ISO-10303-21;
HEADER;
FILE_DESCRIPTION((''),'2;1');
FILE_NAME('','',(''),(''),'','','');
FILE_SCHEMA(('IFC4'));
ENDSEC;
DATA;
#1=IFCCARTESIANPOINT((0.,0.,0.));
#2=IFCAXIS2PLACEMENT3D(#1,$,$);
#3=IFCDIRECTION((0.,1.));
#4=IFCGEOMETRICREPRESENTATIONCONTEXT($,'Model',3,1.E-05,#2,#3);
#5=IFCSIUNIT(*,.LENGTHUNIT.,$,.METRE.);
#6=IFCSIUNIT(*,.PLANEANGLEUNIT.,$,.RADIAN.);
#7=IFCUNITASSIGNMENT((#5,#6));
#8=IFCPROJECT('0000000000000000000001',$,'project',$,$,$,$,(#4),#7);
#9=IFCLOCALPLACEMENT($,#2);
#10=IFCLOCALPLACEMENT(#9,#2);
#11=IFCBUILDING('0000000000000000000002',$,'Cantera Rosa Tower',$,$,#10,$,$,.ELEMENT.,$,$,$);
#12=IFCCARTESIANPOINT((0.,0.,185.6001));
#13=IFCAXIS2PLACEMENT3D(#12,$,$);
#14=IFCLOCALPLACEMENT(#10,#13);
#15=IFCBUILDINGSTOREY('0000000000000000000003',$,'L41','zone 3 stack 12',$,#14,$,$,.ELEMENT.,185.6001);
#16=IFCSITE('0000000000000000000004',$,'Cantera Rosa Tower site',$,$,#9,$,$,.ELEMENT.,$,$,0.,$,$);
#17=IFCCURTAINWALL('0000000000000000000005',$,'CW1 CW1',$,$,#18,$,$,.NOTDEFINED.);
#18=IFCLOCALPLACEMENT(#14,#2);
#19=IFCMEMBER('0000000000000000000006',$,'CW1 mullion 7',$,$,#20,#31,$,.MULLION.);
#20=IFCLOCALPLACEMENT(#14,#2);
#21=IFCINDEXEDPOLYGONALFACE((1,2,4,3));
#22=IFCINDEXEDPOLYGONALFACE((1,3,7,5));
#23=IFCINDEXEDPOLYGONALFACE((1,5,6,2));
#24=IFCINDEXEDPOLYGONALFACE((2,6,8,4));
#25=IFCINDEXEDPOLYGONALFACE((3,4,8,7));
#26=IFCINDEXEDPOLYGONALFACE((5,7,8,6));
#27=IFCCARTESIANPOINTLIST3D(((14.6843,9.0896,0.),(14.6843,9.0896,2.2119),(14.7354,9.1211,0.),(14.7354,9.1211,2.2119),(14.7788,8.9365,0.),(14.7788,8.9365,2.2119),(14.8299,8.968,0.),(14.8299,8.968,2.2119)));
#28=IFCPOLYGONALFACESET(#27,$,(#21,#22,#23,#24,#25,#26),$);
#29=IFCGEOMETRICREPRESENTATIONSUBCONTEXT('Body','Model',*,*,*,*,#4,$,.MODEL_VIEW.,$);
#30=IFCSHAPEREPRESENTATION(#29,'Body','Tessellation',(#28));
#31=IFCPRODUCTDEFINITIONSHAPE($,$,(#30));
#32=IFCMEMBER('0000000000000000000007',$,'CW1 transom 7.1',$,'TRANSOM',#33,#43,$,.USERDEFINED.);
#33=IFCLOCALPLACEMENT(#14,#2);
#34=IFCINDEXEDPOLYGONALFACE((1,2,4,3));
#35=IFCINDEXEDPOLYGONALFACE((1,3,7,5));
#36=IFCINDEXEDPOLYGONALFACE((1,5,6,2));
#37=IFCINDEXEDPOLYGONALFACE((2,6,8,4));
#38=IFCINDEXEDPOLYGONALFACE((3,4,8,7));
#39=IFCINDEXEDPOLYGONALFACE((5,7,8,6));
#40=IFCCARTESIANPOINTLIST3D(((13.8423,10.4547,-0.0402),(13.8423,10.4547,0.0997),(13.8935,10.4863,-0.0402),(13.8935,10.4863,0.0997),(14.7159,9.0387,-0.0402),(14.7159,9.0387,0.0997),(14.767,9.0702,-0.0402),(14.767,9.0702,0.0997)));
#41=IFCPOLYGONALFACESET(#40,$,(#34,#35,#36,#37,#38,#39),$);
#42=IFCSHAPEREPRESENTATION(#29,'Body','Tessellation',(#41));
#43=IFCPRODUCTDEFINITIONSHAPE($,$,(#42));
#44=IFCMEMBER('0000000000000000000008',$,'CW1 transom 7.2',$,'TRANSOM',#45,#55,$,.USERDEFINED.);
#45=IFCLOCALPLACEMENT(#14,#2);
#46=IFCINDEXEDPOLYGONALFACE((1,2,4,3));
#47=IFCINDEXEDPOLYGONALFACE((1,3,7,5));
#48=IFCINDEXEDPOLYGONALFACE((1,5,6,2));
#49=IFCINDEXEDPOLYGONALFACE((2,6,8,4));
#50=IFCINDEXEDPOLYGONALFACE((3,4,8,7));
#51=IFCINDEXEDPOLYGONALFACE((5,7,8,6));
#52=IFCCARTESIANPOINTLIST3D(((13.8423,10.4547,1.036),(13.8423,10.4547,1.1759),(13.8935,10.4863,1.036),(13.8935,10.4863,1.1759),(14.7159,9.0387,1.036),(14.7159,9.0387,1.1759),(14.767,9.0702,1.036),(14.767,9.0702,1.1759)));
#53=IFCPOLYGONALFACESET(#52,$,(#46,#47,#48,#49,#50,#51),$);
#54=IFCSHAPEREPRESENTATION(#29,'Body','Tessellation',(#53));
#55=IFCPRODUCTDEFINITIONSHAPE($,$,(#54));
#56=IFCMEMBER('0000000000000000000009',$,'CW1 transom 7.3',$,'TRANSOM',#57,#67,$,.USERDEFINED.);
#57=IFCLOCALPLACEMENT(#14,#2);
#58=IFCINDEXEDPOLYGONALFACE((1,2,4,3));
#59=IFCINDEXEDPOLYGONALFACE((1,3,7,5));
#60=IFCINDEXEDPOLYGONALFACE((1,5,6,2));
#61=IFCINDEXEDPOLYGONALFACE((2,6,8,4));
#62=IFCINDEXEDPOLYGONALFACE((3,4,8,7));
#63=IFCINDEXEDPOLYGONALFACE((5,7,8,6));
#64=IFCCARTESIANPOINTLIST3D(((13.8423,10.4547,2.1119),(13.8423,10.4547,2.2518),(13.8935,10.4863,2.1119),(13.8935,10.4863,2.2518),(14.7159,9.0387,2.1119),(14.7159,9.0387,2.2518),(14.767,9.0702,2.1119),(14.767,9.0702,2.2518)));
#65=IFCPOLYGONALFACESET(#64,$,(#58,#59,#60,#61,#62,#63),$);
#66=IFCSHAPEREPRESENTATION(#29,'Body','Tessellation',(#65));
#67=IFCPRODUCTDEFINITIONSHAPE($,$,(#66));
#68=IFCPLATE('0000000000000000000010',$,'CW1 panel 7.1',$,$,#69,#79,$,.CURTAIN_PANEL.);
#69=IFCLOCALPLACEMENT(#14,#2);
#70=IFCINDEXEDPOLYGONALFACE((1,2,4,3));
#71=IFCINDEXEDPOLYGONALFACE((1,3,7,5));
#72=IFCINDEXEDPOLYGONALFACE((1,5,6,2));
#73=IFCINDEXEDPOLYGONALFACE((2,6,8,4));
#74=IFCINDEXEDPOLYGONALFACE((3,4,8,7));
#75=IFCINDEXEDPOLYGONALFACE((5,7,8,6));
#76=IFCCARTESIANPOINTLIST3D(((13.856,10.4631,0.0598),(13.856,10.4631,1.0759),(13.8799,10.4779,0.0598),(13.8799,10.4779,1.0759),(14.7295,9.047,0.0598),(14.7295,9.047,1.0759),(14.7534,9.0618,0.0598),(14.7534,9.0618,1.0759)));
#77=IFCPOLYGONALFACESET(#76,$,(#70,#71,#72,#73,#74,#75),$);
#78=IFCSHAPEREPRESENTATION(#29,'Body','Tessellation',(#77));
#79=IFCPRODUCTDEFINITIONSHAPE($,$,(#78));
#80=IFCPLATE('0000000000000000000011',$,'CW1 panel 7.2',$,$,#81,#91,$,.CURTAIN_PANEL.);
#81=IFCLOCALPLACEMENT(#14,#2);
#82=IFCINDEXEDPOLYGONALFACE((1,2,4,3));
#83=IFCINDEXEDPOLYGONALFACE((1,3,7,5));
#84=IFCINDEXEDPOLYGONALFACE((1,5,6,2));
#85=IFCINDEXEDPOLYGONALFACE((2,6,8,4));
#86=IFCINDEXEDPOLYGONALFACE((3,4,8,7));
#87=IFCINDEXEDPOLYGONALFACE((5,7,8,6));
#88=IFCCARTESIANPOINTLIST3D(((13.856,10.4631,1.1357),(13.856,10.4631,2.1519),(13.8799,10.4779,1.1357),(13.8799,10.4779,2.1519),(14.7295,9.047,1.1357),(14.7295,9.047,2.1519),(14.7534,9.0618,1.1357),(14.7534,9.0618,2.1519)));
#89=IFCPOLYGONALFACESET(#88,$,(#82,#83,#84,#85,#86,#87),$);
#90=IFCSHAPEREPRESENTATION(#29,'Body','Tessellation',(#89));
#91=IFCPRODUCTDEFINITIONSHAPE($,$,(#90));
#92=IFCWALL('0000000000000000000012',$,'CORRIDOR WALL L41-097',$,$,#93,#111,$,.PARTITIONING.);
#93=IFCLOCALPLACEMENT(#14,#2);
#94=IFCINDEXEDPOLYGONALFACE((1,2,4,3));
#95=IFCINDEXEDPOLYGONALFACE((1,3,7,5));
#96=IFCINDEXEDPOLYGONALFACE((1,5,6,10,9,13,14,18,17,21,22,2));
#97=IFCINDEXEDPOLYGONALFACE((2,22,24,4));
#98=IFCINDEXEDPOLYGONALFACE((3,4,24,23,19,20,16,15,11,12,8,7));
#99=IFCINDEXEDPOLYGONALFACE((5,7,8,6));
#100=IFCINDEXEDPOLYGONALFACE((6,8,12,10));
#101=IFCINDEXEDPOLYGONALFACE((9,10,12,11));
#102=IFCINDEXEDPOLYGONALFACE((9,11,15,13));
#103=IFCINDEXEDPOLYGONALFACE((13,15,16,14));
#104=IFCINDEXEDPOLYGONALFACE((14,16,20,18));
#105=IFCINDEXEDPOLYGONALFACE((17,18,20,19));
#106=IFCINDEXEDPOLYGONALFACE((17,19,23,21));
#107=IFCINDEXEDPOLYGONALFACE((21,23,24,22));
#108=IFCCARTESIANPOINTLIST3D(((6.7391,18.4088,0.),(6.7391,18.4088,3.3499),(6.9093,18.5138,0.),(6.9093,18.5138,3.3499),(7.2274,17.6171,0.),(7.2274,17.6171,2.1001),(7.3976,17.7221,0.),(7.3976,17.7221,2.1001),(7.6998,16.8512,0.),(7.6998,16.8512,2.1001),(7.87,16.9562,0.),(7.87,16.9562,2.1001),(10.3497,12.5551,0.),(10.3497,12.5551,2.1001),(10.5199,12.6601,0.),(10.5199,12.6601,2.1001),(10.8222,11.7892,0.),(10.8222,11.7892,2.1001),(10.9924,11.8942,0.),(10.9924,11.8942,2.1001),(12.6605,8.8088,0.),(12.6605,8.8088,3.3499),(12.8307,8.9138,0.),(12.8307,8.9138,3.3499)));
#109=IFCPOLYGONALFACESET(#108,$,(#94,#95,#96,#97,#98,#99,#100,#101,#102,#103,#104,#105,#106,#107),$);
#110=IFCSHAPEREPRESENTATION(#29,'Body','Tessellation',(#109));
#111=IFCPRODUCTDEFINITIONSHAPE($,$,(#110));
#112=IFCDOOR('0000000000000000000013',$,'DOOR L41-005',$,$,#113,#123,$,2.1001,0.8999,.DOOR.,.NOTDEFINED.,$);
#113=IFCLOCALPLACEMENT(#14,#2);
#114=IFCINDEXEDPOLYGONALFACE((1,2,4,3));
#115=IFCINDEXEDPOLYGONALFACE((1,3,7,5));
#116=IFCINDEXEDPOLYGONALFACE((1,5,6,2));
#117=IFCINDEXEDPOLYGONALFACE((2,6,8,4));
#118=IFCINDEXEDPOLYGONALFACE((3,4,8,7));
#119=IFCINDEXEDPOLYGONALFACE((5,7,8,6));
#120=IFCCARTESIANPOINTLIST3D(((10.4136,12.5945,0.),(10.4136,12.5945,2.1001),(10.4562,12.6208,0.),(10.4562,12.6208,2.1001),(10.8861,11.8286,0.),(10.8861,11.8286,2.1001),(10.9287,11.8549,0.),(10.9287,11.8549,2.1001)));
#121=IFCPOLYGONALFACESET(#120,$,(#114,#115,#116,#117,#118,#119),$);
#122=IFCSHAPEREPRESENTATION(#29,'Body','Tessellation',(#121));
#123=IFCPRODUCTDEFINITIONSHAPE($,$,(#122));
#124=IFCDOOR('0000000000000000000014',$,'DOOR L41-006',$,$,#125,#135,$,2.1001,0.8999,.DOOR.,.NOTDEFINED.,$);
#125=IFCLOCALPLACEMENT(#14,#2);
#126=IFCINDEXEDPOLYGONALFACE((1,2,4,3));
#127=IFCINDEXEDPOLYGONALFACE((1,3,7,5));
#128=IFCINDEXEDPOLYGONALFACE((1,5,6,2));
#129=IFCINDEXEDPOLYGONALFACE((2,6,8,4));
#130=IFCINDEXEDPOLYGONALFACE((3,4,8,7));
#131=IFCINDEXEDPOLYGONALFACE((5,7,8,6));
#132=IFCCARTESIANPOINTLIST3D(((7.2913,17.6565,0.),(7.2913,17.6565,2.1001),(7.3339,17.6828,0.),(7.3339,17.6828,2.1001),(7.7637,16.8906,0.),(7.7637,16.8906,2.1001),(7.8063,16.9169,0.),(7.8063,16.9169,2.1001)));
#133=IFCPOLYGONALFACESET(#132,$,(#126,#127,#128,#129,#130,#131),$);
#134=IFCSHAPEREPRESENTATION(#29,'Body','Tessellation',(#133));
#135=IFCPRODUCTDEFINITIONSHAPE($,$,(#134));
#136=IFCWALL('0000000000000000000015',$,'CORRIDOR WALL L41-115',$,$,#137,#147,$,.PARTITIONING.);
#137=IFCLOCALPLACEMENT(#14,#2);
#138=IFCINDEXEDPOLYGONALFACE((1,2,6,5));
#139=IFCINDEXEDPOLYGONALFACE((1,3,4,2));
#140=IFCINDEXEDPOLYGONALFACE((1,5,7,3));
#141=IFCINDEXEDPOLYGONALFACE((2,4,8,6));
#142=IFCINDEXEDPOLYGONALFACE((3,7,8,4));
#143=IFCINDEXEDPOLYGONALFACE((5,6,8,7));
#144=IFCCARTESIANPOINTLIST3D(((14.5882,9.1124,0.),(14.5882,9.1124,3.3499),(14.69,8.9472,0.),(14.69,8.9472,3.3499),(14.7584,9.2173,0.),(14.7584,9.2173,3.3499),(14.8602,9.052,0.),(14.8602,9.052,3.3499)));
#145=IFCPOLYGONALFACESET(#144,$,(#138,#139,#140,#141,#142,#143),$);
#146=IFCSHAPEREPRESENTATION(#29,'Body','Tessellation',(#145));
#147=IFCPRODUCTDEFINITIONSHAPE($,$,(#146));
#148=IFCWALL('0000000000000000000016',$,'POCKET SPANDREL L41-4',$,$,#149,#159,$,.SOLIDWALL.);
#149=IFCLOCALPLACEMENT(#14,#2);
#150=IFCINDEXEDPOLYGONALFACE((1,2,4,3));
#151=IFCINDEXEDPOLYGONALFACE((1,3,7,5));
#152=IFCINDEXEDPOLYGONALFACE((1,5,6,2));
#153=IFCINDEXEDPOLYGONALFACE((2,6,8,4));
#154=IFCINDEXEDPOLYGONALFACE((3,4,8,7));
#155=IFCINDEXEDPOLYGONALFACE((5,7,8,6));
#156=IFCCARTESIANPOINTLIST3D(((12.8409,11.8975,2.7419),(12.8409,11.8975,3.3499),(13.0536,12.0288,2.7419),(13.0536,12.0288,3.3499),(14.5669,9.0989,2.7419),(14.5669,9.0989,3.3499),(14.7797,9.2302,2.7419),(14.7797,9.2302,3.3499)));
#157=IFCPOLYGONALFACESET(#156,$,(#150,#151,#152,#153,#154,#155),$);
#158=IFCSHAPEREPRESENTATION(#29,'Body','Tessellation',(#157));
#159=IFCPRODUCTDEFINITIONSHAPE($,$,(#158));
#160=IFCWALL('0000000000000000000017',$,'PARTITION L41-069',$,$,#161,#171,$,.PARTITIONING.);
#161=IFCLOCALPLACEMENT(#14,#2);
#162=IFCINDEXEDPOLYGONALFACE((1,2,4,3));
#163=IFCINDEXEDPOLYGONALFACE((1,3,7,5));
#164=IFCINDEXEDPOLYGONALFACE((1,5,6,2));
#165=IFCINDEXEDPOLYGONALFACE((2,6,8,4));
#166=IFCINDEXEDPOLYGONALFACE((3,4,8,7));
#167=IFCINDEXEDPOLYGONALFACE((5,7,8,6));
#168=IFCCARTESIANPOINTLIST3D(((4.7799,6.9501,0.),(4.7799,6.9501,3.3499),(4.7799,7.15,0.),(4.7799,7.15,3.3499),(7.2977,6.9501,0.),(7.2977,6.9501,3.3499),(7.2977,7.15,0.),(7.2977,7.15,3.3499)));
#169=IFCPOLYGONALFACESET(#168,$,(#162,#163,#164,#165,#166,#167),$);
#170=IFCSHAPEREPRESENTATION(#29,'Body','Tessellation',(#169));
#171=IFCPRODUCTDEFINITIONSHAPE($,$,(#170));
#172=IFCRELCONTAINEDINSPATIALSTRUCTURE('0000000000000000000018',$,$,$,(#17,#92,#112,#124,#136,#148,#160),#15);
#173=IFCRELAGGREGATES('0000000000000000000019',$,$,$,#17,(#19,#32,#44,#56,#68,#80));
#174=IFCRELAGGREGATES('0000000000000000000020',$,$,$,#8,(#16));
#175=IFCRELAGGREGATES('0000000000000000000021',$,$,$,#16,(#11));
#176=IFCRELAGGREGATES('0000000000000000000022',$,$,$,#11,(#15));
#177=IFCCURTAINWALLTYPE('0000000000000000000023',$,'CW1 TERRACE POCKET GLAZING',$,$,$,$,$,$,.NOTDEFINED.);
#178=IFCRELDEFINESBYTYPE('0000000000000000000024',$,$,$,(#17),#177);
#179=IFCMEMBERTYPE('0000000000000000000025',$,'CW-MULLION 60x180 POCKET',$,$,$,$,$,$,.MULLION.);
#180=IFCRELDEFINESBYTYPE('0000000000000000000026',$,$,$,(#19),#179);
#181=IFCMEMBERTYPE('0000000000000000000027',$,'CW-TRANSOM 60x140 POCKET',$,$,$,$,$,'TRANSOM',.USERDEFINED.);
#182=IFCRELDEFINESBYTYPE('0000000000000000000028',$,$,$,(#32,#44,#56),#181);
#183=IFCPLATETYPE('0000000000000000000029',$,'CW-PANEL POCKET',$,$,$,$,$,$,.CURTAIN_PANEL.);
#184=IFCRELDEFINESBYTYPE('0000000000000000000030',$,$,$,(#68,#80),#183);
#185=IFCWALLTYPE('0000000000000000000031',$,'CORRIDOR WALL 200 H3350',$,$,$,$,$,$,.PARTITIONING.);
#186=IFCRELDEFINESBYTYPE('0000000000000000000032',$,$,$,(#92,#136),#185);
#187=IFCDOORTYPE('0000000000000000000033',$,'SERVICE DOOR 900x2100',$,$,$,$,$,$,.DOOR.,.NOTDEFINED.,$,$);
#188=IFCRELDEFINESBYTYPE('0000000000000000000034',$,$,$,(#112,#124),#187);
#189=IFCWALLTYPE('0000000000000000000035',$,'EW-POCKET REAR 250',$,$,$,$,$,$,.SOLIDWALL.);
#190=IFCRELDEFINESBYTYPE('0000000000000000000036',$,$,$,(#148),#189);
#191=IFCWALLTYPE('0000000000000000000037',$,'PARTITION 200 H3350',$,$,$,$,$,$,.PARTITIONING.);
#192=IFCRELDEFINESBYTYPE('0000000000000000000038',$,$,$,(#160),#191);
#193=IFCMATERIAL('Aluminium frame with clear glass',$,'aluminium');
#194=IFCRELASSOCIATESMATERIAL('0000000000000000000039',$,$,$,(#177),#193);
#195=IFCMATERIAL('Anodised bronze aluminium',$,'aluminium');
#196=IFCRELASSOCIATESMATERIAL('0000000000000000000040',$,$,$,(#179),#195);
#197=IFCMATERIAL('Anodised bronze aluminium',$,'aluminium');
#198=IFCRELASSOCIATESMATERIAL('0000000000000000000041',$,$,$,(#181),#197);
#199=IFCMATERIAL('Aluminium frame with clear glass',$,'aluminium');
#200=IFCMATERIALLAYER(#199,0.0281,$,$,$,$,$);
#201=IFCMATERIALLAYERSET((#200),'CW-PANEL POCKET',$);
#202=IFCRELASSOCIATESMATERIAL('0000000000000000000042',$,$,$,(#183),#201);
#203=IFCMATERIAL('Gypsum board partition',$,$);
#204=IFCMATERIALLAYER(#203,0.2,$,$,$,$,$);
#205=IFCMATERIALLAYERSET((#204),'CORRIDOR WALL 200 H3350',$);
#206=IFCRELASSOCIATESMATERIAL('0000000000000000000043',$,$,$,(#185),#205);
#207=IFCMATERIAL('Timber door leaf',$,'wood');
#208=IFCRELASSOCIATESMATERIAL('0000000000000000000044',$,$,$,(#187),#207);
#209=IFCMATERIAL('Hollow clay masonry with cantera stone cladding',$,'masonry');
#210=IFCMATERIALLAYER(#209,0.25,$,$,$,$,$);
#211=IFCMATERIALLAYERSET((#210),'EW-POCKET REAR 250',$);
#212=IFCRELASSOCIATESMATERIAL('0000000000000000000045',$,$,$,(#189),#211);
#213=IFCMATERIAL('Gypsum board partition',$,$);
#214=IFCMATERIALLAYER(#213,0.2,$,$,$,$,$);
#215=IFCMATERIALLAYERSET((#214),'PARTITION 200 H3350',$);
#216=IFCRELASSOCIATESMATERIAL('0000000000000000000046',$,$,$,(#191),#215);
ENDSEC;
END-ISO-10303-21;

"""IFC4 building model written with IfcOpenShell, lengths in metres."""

from ifc_helpers import new_model, si_unit, direction, frame, frame_2d, origin, origin_2d, place, context, subcontext, project, spatial, rectangle, extrude, material, layer, layer_set, material_profile, profile_set, type_object, element, fill, aggregate, save


model = new_model("IFC4")

# Units and contexts
model_context = context("Model", 3, precision=1e-05, world=origin(), true_north=direction((0.0, 1.0)))
body_context = subcontext(model_context, "Body", "Model", "MODEL_VIEW")
ifc_project = project(units=[si_unit("LENGTHUNIT", "METRE"), si_unit("PLANEANGLEUNIT", "RADIAN")], contexts=[model_context])

# Site, building, storey
site_placement = place(None, origin())
site = spatial("IfcSite", under=ifc_project, at=site_placement, Name="Cantera Rosa Tower site", CompositionType="ELEMENT", RefElevation=0.0)
building_placement = place(site_placement, origin())
building = spatial("IfcBuilding", under=site, at=building_placement, Name="Cantera Rosa Tower", CompositionType="ELEMENT")
storey_placement = place(building_placement, frame((0.0, 0.0, 185.6001)))
storey = spatial("IfcBuildingStorey", under=building, at=storey_placement, Name="L41", Description="zone 3 stack 12", CompositionType="ELEMENT", Elevation=185.6001)

# Curtain wall, members, plates
ifc_material_1 = material(Name="Aluminium frame with clear glass", Category="aluminium")
curtain_wall_type = type_object("IfcCurtainWallType", Name="CW1 TERRACE POCKET GLAZING", PredefinedType="NOTDEFINED", material=ifc_material_1)
curtain_wall_placement = place(storey_placement, origin())
curtain_wall = element("IfcCurtainWall", 1, at=curtain_wall_placement, inside=storey, type_object=curtain_wall_type, Name="CW1 CW1", PredefinedType="NOTDEFINED")
ifc_material_2 = material(Name="Anodised bronze aluminium", Category="aluminium")
ifc_material_profile_1 = material_profile(ifc_material_2, rectangle(XDim=0.0601, YDim=0.1799, at=origin_2d()), Name="CW-MULLION 60x180 POCKET")
ifc_profile_set_1 = profile_set([ifc_material_profile_1], Name="Anodised bronze aluminium")
member_type_1 = type_object("IfcMemberType", Name="CW-MULLION 60x180 POCKET", PredefinedType="MULLION", material=ifc_profile_set_1)
member_1_placement = place(storey_placement, frame((14.7571, 9.0288, 0.0), z_axis=(0.0, 0.0, 1.0), x_axis=(-0.851117, -0.524977, 0.0)))
member_1 = element("IfcMember", 2, at=member_1_placement, type_object=member_type_1, Name="CW1 mullion 7", PredefinedType="MULLION", context=body_context, shape_type="SweptSolid", body=[
    extrude(rectangle(XDim=0.0601, YDim=0.1799, at=origin_2d()), origin(), (0.0, 0.0, 1.0), 2.2119),
])
ifc_material_3 = material(Name="Anodised bronze aluminium", Category="aluminium")
ifc_material_profile_2 = material_profile(ifc_material_3, rectangle(XDim=0.0601, YDim=0.1399, at=origin_2d()), Name="CW-TRANSOM 60x140 POCKET")
ifc_profile_set_2 = profile_set([ifc_material_profile_2], Name="Anodised bronze aluminium")
member_type_2 = type_object("IfcMemberType", Name="CW-TRANSOM 60x140 POCKET", ElementType="TRANSOM", PredefinedType="USERDEFINED", material=ifc_profile_set_2)
member_2_placement = place(storey_placement, frame((14.7415, 9.0544, 0.0298), z_axis=(-0.52503, 0.851083, 0.0), x_axis=(-0.851083, -0.52503, 0.0)))
member_2 = element("IfcMember", 3, at=member_2_placement, type_object=member_type_2, Name="CW1 transom 7.1", ObjectType="TRANSOM", PredefinedType="USERDEFINED", context=body_context, shape_type="SweptSolid", body=[
    extrude(rectangle(XDim=0.0601, YDim=0.1399, at=origin_2d()), origin(), (0.0, 0.0, 1.0), 1.6638),
])
member_3_placement = place(storey_placement, frame((14.7415, 9.0544, 1.106), z_axis=(-0.52503, 0.851083, 0.0), x_axis=(-0.851083, -0.52503, 0.0)))
member_3 = element("IfcMember", 4, at=member_3_placement, type_object=member_type_2, Name="CW1 transom 7.2", ObjectType="TRANSOM", PredefinedType="USERDEFINED", context=body_context, shape_type="SweptSolid", body=[
    extrude(rectangle(XDim=0.0601, YDim=0.1399, at=origin_2d()), origin(), (0.0, 0.0, 1.0), 1.6638),
])
member_4_placement = place(storey_placement, frame((14.7415, 9.0544, 2.1819), z_axis=(-0.52503, 0.851083, 0.0), x_axis=(-0.851083, -0.52503, 0.0)))
member_4 = element("IfcMember", 5, at=member_4_placement, type_object=member_type_2, Name="CW1 transom 7.3", ObjectType="TRANSOM", PredefinedType="USERDEFINED", context=body_context, shape_type="SweptSolid", body=[
    extrude(rectangle(XDim=0.0601, YDim=0.1399, at=origin_2d()), origin(), (0.0, 0.0, 1.0), 1.6638),
])
ifc_material_4 = material(Name="Aluminium frame with clear glass", Category="aluminium")
ifc_layer_1 = layer(ifc_material_4, 0.0281)
ifc_layer_set_1 = layer_set([ifc_layer_1], Name="CW-PANEL POCKET")
plate_type = type_object("IfcPlateType", Name="CW-PANEL POCKET", PredefinedType="CURTAIN_PANEL", material=ifc_layer_set_1)
plate_1_placement = place(storey_placement, frame((14.3047, 9.7625, 0.0598), z_axis=(0.0, 0.0, 1.0), x_axis=(-0.524977, 0.851117, 0.0)))
plate_1 = element("IfcPlate", 6, at=plate_1_placement, type_object=plate_type, Name="CW1 panel 7.1", PredefinedType="CURTAIN_PANEL", context=body_context, shape_type="SweptSolid", body=[
    extrude(rectangle(XDim=1.6638, YDim=0.0281, at=origin_2d()), origin(), (0.0, 0.0, 1.0), 1.0161),
])
plate_2_placement = place(storey_placement, frame((14.3047, 9.7625, 1.1357), z_axis=(0.0, 0.0, 1.0), x_axis=(-0.524977, 0.851117, 0.0)))
plate_2 = element("IfcPlate", 7, at=plate_2_placement, type_object=plate_type, Name="CW1 panel 7.2", PredefinedType="CURTAIN_PANEL", context=body_context, shape_type="SweptSolid", body=[
    extrude(rectangle(XDim=1.6638, YDim=0.0281, at=origin_2d()), origin(), (0.0, 0.0, 1.0), 1.0161),
])
aggregate(curtain_wall, [member_1, member_2, member_3, member_4, plate_1, plate_2])

# Wall, openings, doors
ifc_material_5 = material(Name="Gypsum board partition")
ifc_layer_2 = layer(ifc_material_5, 0.2)
ifc_layer_set_2 = layer_set([ifc_layer_2], Name="CORRIDOR WALL 200 H3350")
wall_type_1 = type_object("IfcWallType", Name="CORRIDOR WALL 200 H3350", PredefinedType="PARTITIONING", material=ifc_layer_set_2)
wall_1_placement = place(storey_placement, frame((12.7456, 8.8613, 0.0), z_axis=(0.0, 0.0, 1.0), x_axis=(-0.524984, 0.851112, 0.0)))
wall_1 = element("IfcWall", 8, at=wall_1_placement, inside=storey, type_object=wall_type_1, Name="CORRIDOR WALL L41-097", PredefinedType="PARTITIONING", context=body_context, shape_type="SweptSolid", body=[
    extrude(rectangle(XDim=11.2793, YDim=0.2, at=frame_2d((5.6396, 0.0))), origin(), (0.0, 0.0, 1.0), 3.3499),
])
opening_1_placement = place(wall_1_placement, frame((3.5017, 0.0, 0.0)))
opening_1 = element("IfcOpeningElement", 9, at=opening_1_placement, cuts=wall_1, PredefinedType="OPENING", context=body_context, shape_type="SweptSolid", body=[
    extrude(rectangle(XDim=0.8999, YDim=2.1001, at=frame_2d((0.45, 1.05))), frame((0.0, 0.1099, 0.0), z_axis=(0.0, -1.0, 0.0), x_axis=(1.0, 0.0, 0.0)), (0.0, 0.0, 1.0), 0.22),
])
opening_2_placement = place(wall_1_placement, frame((9.4492, 0.0, 0.0)))
opening_2 = element("IfcOpeningElement", 10, at=opening_2_placement, cuts=wall_1, PredefinedType="OPENING", context=body_context, shape_type="SweptSolid", body=[
    extrude(rectangle(XDim=0.8999, YDim=2.1001, at=frame_2d((0.45, 1.05))), frame((0.0, 0.1099, 0.0), z_axis=(0.0, -1.0, 0.0), x_axis=(1.0, 0.0, 0.0)), (0.0, 0.0, 1.0), 0.22),
])
ifc_material_6 = material(Name="Timber door leaf", Category="wood")
door_type = type_object("IfcDoorType", Name="SERVICE DOOR 900x2100", OperationType="NOTDEFINED", PredefinedType="DOOR", material=ifc_material_6)
door_1_placement = place(opening_1_placement, origin())
door_1 = element("IfcDoor", 11, at=door_1_placement, inside=storey, type_object=door_type, Name="DOOR L41-005", OperationType="NOTDEFINED", OverallHeight=2.1001, OverallWidth=0.8999, PredefinedType="DOOR", context=body_context, shape_type="SweptSolid", body=[
    extrude(rectangle(XDim=0.8999, YDim=2.1001, at=frame_2d((0.45, 1.05))), frame((0.0, 0.0249, 0.0), z_axis=(0.0, -1.0, 0.0), x_axis=(1.0, 0.0, 0.0)), (0.0, 0.0, 1.0), 0.05),
])
fill(opening_1, door_1)
door_2_placement = place(opening_2_placement, origin())
door_2 = element("IfcDoor", 12, at=door_2_placement, inside=storey, type_object=door_type, Name="DOOR L41-006", OperationType="NOTDEFINED", OverallHeight=2.1001, OverallWidth=0.8999, PredefinedType="DOOR", context=body_context, shape_type="SweptSolid", body=[
    extrude(rectangle(XDim=0.8999, YDim=2.1001, at=frame_2d((0.45, 1.05))), frame((0.0, 0.0249, 0.0), z_axis=(0.0, -1.0, 0.0), x_axis=(1.0, 0.0, 0.0)), (0.0, 0.0, 1.0), 0.05),
])
fill(opening_2, door_2)

# Walls
wall_2_placement = place(storey_placement, frame((14.7751, 8.9995, 0.0), z_axis=(0.0, 0.0, 1.0), x_axis=(-0.524448, 0.851442, 0.0)))
element("IfcWall", 13, at=wall_2_placement, inside=storey, type_object=wall_type_1, Name="CORRIDOR WALL L41-115", PredefinedType="PARTITIONING", context=body_context, shape_type="SweptSolid", body=[
    extrude(rectangle(XDim=0.1941, YDim=0.2, at=frame_2d((0.0972, 0.0))), origin(), (0.0, 0.0, 1.0), 3.3499),
])
ifc_material_7 = material(Name="Hollow clay masonry with cantera stone cladding", Category="masonry")
ifc_layer_3 = layer(ifc_material_7, 0.25)
ifc_layer_set_3 = layer_set([ifc_layer_3], Name="EW-POCKET REAR 250")
wall_type_2 = type_object("IfcWallType", Name="EW-POCKET REAR 250", PredefinedType="SOLIDWALL", material=ifc_layer_set_3)
wall_3_placement = place(storey_placement, frame((14.6733, 9.1646, 2.7419), z_axis=(0.0, 0.0, 1.0), x_axis=(-0.524951, 0.851133, 0.0)))
element("IfcWall", 14, at=wall_3_placement, inside=storey, type_object=wall_type_2, Name="POCKET SPANDREL L41-4", PredefinedType="SOLIDWALL", context=body_context, shape_type="SweptSolid", body=[
    extrude(rectangle(XDim=3.2881, YDim=0.25, at=frame_2d((1.644, 0.0))), origin(), (0.0, 0.0, 1.0), 0.6079),
])
ifc_material_8 = material(Name="Gypsum board partition")
ifc_layer_4 = layer(ifc_material_8, 0.2)
ifc_layer_set_4 = layer_set([ifc_layer_4], Name="PARTITION 200 H3350")
wall_type_3 = type_object("IfcWallType", Name="PARTITION 200 H3350", PredefinedType="PARTITIONING", material=ifc_layer_set_4)
wall_4_placement = place(storey_placement, frame((4.78, 7.05, 0.0), z_axis=(0.0, 0.0, 1.0), x_axis=(1.0, 0.0, 0.0)))
element("IfcWall", 15, at=wall_4_placement, inside=storey, type_object=wall_type_3, Name="PARTITION L41-069", PredefinedType="PARTITIONING", context=body_context, shape_type="SweptSolid", body=[
    extrude(rectangle(XDim=2.5178, YDim=0.2, at=frame_2d((1.2588, 0.0))), origin(), (0.0, 0.0, 1.0), 3.3499),
])

save(model, "model.ifc")
